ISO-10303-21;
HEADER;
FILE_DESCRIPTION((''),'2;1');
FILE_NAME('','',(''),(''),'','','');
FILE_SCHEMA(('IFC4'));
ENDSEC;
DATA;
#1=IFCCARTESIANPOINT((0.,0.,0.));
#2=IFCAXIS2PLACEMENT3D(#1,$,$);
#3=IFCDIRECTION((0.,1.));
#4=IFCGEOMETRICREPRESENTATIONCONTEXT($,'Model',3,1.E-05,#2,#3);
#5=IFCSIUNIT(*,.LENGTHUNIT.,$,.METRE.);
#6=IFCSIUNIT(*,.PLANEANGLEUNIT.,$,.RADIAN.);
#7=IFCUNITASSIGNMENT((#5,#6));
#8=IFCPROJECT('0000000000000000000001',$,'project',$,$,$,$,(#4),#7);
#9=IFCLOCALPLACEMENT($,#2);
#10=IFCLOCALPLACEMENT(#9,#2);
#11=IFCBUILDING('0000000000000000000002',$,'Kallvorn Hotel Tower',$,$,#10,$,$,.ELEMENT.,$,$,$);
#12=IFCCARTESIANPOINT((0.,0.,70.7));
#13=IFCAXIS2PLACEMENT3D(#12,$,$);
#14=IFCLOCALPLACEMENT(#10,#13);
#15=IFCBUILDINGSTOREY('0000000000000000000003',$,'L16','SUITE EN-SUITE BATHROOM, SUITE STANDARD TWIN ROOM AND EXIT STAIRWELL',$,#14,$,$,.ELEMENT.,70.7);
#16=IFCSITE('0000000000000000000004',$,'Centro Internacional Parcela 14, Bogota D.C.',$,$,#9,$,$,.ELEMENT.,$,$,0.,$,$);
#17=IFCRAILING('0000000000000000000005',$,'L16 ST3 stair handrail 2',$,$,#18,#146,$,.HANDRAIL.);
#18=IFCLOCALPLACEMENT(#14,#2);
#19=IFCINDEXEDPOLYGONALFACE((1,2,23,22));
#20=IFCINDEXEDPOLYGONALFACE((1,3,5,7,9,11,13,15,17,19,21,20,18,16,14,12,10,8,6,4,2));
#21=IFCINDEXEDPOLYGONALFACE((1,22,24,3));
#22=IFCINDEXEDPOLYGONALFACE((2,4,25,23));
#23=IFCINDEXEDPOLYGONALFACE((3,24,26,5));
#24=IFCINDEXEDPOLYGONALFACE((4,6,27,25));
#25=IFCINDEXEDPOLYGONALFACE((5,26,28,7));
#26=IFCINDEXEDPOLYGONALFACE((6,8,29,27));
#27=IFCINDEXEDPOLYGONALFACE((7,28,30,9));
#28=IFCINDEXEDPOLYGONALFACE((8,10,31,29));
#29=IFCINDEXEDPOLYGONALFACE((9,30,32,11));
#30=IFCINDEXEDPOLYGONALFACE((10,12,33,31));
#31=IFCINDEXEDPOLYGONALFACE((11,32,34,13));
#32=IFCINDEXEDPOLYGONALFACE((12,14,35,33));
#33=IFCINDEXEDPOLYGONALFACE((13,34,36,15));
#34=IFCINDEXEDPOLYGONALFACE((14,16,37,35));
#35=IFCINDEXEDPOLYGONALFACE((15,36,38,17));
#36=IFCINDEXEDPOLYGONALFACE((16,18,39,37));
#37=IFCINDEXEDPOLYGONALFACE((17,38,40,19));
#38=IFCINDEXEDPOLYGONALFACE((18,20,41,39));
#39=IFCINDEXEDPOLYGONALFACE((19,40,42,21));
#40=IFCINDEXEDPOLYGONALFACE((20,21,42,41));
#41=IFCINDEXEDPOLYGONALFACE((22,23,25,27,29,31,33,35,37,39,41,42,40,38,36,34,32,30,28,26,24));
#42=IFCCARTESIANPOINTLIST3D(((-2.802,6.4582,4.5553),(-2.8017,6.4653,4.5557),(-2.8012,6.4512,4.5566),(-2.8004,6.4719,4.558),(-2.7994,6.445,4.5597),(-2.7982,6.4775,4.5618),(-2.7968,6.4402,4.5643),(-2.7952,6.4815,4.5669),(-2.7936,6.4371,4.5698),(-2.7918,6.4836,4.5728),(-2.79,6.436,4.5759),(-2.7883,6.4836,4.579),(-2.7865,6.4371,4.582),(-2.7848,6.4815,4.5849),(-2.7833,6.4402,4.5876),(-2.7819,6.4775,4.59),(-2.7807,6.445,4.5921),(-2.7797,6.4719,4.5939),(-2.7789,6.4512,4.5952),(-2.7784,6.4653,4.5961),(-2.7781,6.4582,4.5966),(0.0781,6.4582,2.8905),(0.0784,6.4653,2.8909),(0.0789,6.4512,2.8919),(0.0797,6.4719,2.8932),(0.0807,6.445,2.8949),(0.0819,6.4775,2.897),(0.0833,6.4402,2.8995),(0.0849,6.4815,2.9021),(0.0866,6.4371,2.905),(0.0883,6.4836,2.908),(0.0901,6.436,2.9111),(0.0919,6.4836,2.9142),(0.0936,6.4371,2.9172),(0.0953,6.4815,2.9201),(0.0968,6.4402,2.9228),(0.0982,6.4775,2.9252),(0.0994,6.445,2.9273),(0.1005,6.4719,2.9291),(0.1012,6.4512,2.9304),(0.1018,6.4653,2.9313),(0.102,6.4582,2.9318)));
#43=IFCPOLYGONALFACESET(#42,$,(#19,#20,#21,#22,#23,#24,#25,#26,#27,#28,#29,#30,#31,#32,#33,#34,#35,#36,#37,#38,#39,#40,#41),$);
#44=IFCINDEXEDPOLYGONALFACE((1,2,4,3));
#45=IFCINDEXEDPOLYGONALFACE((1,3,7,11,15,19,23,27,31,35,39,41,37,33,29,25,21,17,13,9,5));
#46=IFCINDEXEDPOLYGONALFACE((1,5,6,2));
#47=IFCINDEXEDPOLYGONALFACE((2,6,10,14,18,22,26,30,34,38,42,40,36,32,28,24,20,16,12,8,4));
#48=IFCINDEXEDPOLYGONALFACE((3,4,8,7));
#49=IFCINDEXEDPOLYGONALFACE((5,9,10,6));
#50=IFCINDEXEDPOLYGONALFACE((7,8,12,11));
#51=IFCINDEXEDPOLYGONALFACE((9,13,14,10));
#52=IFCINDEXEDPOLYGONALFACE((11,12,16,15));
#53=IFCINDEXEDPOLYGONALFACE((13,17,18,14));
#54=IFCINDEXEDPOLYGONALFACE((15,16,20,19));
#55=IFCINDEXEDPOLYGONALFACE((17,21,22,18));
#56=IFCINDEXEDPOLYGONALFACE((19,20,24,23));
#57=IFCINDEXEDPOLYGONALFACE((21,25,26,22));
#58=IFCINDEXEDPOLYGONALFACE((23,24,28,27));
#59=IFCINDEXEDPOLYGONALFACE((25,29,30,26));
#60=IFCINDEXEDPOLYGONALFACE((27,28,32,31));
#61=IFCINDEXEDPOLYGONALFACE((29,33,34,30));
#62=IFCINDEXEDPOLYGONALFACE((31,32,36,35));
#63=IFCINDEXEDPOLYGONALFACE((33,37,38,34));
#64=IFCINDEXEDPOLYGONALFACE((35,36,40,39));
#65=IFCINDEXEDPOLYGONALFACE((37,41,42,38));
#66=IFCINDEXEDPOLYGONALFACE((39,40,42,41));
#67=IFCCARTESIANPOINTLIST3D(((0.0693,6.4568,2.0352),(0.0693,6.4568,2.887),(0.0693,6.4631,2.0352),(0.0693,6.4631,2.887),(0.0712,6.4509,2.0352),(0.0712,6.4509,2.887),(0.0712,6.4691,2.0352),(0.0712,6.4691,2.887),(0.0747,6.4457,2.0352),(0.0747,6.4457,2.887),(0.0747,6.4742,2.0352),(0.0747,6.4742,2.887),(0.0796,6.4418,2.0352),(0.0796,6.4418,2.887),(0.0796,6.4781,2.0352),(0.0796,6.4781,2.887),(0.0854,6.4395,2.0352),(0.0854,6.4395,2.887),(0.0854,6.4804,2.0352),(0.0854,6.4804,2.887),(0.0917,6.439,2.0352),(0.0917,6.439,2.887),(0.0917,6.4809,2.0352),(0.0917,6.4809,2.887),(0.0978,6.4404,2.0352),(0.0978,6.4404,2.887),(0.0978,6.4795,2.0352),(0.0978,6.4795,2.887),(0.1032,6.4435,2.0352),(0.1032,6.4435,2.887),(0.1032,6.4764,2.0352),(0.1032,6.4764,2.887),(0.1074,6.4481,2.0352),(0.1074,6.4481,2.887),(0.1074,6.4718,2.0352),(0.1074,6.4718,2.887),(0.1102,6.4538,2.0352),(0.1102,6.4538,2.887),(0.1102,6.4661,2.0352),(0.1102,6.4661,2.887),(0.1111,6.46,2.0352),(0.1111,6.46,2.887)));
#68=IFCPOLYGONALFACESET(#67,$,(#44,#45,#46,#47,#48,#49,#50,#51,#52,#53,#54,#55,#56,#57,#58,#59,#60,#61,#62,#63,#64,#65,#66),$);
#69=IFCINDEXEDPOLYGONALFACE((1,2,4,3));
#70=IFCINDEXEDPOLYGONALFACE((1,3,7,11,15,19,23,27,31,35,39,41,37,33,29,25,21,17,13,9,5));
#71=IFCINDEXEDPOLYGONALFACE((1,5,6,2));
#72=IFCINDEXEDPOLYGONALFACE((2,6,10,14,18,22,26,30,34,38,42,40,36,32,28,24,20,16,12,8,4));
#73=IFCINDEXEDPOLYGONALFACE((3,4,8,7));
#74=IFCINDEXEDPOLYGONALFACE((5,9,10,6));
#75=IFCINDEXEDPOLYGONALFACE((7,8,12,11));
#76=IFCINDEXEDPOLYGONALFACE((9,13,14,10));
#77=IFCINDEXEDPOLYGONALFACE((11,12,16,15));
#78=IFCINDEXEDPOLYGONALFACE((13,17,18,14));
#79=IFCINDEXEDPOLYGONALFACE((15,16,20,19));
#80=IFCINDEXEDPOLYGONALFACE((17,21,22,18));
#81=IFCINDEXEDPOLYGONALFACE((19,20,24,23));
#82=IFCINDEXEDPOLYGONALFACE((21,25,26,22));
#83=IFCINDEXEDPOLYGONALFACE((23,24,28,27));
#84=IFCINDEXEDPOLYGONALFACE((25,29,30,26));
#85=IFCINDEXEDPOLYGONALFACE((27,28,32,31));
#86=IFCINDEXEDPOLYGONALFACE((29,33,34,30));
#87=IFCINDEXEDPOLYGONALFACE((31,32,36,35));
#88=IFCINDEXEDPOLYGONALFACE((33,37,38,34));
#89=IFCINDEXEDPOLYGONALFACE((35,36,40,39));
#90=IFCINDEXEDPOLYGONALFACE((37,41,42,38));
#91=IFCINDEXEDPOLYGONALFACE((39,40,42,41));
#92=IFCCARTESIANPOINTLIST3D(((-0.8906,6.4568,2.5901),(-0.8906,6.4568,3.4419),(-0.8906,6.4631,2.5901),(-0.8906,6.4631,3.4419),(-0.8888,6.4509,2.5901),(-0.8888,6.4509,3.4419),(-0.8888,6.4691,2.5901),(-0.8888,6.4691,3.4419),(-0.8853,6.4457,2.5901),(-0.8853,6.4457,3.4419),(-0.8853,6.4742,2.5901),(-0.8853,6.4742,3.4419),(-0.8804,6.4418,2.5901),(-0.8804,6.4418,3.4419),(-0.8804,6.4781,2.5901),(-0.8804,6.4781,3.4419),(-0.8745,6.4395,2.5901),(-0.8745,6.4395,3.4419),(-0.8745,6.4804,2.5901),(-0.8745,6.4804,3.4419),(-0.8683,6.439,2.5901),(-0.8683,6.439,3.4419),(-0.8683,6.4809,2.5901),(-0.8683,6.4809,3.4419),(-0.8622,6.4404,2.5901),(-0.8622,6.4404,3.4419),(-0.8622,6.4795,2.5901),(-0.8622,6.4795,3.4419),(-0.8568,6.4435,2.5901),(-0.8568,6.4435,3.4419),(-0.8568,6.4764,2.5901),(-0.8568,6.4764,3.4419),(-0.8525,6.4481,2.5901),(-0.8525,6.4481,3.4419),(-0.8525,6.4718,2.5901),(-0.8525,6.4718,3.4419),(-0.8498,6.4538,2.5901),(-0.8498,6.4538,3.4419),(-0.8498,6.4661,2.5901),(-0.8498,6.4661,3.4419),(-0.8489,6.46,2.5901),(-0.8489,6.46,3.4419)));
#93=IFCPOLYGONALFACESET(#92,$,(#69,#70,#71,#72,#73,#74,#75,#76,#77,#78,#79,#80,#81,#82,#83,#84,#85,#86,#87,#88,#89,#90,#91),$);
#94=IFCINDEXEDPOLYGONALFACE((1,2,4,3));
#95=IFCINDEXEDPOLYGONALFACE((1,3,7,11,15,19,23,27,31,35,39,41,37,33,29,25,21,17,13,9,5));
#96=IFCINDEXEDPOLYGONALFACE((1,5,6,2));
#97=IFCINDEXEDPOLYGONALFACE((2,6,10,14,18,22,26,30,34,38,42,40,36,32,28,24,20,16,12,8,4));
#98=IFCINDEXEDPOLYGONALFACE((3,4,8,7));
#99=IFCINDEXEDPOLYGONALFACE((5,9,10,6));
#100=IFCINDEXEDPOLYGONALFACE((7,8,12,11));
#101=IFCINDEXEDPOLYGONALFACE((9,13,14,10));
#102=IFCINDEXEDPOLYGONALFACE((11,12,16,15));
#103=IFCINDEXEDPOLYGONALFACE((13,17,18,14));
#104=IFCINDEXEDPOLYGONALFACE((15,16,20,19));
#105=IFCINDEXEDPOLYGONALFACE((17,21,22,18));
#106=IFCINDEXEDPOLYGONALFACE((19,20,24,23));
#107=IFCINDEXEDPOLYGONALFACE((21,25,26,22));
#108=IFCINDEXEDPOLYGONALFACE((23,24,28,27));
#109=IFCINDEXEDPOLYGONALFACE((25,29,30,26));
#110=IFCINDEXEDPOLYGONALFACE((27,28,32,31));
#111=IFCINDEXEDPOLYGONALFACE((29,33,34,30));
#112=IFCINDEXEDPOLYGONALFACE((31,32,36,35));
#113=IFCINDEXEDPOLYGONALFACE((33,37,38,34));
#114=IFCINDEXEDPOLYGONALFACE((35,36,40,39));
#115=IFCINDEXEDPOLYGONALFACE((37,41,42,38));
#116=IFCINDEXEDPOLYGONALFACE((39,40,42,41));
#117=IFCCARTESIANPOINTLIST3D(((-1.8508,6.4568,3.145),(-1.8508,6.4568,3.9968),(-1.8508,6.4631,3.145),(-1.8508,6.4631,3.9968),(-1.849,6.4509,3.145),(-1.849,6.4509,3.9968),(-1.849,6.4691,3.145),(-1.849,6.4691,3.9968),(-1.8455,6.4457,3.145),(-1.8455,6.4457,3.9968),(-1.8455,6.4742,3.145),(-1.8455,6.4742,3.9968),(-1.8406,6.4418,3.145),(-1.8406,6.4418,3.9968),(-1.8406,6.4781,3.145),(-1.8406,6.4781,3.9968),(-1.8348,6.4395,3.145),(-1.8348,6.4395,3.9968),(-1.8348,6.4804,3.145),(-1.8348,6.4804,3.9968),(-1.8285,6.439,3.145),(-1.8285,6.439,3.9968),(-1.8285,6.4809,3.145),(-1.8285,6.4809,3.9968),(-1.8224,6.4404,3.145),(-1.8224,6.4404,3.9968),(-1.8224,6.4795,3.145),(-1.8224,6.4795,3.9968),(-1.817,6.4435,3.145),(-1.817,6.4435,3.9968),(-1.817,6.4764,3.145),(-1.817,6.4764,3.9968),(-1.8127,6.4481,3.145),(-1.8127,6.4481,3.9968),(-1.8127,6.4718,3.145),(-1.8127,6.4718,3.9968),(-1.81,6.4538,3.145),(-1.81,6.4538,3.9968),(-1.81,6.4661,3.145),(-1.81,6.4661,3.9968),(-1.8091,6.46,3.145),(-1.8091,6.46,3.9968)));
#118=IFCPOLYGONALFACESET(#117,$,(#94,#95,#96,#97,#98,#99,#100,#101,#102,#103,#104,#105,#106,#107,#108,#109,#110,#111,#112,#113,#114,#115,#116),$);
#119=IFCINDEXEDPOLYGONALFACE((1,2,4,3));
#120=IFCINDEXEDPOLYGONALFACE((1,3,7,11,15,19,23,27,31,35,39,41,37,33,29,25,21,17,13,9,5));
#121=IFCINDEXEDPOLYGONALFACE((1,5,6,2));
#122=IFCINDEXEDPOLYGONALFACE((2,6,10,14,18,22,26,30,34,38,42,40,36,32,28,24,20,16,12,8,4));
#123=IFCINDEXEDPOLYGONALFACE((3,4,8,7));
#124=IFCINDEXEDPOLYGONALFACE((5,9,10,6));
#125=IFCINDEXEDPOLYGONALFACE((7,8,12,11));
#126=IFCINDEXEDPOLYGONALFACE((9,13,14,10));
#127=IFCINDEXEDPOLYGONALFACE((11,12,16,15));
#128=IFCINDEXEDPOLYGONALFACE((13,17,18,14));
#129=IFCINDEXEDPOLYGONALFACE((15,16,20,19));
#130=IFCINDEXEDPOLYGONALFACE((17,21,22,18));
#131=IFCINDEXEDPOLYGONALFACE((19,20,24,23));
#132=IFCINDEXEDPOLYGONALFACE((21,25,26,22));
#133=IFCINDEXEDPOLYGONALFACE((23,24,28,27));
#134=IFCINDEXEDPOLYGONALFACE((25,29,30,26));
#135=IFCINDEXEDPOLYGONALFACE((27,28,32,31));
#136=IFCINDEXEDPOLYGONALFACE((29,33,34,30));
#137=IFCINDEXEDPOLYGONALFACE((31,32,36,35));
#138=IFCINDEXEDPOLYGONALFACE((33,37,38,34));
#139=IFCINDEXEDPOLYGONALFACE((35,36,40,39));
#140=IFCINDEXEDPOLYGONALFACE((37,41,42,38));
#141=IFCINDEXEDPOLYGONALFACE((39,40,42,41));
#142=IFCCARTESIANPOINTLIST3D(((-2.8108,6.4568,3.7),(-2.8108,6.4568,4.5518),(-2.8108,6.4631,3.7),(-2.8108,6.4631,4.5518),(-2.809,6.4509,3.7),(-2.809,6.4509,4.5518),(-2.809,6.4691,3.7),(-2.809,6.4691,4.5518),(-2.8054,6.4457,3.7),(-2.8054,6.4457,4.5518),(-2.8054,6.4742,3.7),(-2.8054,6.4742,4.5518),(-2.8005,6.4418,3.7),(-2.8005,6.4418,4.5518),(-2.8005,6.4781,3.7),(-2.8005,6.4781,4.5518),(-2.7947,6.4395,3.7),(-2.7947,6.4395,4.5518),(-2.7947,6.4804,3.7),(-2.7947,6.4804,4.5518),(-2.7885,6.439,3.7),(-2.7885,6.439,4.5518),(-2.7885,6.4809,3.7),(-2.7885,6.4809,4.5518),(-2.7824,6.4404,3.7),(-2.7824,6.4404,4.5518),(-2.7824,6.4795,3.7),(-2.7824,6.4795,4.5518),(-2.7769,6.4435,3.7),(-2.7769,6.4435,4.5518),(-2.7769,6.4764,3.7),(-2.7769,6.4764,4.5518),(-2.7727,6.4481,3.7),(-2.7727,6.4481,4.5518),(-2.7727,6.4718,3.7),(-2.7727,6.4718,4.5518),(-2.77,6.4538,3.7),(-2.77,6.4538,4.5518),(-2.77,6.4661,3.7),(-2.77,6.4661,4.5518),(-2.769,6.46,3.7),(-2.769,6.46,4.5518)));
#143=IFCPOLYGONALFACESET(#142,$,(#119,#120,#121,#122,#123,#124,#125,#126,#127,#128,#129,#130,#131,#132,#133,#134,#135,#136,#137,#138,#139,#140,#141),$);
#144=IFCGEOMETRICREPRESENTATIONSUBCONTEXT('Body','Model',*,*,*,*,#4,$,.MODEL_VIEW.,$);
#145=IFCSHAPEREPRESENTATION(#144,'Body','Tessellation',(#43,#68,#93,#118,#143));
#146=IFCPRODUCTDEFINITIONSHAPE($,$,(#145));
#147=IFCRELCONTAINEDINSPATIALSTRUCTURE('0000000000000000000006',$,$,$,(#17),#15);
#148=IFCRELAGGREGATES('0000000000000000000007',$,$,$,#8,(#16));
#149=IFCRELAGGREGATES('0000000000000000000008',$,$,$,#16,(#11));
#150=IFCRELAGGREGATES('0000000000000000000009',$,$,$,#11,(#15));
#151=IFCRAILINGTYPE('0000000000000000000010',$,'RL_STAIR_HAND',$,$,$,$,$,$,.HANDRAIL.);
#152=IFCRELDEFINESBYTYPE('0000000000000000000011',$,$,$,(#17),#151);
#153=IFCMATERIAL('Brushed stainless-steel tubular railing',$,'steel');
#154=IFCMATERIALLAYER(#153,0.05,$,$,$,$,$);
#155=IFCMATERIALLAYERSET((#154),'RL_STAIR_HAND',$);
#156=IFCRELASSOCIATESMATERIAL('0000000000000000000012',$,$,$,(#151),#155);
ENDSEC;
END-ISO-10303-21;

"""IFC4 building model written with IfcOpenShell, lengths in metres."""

from ifc_helpers import new_model, si_unit, direction, frame, origin, origin_2d, place, context, subcontext, project, spatial, circle, extrude, material, layer, layer_set, type_object, element, save


model = new_model("IFC4")

# Units and contexts
model_context = context("Model", 3, precision=1e-05, world=origin(), true_north=direction((0.0, 1.0)))
body_context = subcontext(model_context, "Body", "Model", "MODEL_VIEW")
ifc_project = project(units=[si_unit("LENGTHUNIT", "METRE"), si_unit("PLANEANGLEUNIT", "RADIAN")], contexts=[model_context])

# Site, building, storey
site_placement = place(None, origin())
site = spatial("IfcSite", under=ifc_project, at=site_placement, Name="Centro Internacional Parcela 14, Bogota D.C.", CompositionType="ELEMENT", RefElevation=0.0)
building_placement = place(site_placement, origin())
building = spatial("IfcBuilding", under=site, at=building_placement, Name="Kallvorn Hotel Tower", CompositionType="ELEMENT")
storey_placement = place(building_placement, frame((0.0, 0.0, 70.7)))
storey = spatial("IfcBuildingStorey", under=building, at=storey_placement, Name="L16", Description="SUITE EN-SUITE BATHROOM, SUITE STANDARD TWIN ROOM AND EXIT STAIRWELL", CompositionType="ELEMENT", Elevation=70.7)

# Railing
ifc_material_1 = material(Name="Brushed stainless-steel tubular railing", Category="steel")
ifc_layer_1 = layer(ifc_material_1, 0.05)
ifc_layer_set_1 = layer_set([ifc_layer_1], Name="RL_STAIR_HAND")
railing_type_1 = type_object("IfcRailingType", Name="RL_STAIR_HAND", PredefinedType="HANDRAIL", material=ifc_layer_set_1)
railing_1_placement = place(storey_placement, frame((0.0901, 6.46, 2.0352)))
element("IfcRailing", 1, at=railing_1_placement, inside=storey, type_object=railing_type_1, Name="L16 ST3 stair handrail 2", PredefinedType="HANDRAIL", context=body_context, shape_type="SweptSolid", body=[
    extrude(circle(Radius=0.0239, at=origin_2d()), frame((0.0, 0.0, 0.876), z_axis=(-0.865771, 0.0, 0.50044), x_axis=(0.0, -1.0, 0.0)), (0.0, 0.0, 1.0), 3.3267),
    extrude(circle(Radius=0.021, at=origin_2d()), origin(), (0.0, 0.0, 1.0), 0.8518),
    extrude(circle(Radius=0.021, at=origin_2d()), frame((-0.96, 0.0, 0.5549)), (0.0, 0.0, 1.0), 0.8518),
    extrude(circle(Radius=0.021, at=origin_2d()), frame((-1.9202, 0.0, 1.1099)), (0.0, 0.0, 1.0), 0.8518),
    extrude(circle(Radius=0.021, at=origin_2d()), frame((-2.8801, 0.0, 1.6648)), (0.0, 0.0, 1.0), 0.8518),
])

save(model, "model.ifc")
